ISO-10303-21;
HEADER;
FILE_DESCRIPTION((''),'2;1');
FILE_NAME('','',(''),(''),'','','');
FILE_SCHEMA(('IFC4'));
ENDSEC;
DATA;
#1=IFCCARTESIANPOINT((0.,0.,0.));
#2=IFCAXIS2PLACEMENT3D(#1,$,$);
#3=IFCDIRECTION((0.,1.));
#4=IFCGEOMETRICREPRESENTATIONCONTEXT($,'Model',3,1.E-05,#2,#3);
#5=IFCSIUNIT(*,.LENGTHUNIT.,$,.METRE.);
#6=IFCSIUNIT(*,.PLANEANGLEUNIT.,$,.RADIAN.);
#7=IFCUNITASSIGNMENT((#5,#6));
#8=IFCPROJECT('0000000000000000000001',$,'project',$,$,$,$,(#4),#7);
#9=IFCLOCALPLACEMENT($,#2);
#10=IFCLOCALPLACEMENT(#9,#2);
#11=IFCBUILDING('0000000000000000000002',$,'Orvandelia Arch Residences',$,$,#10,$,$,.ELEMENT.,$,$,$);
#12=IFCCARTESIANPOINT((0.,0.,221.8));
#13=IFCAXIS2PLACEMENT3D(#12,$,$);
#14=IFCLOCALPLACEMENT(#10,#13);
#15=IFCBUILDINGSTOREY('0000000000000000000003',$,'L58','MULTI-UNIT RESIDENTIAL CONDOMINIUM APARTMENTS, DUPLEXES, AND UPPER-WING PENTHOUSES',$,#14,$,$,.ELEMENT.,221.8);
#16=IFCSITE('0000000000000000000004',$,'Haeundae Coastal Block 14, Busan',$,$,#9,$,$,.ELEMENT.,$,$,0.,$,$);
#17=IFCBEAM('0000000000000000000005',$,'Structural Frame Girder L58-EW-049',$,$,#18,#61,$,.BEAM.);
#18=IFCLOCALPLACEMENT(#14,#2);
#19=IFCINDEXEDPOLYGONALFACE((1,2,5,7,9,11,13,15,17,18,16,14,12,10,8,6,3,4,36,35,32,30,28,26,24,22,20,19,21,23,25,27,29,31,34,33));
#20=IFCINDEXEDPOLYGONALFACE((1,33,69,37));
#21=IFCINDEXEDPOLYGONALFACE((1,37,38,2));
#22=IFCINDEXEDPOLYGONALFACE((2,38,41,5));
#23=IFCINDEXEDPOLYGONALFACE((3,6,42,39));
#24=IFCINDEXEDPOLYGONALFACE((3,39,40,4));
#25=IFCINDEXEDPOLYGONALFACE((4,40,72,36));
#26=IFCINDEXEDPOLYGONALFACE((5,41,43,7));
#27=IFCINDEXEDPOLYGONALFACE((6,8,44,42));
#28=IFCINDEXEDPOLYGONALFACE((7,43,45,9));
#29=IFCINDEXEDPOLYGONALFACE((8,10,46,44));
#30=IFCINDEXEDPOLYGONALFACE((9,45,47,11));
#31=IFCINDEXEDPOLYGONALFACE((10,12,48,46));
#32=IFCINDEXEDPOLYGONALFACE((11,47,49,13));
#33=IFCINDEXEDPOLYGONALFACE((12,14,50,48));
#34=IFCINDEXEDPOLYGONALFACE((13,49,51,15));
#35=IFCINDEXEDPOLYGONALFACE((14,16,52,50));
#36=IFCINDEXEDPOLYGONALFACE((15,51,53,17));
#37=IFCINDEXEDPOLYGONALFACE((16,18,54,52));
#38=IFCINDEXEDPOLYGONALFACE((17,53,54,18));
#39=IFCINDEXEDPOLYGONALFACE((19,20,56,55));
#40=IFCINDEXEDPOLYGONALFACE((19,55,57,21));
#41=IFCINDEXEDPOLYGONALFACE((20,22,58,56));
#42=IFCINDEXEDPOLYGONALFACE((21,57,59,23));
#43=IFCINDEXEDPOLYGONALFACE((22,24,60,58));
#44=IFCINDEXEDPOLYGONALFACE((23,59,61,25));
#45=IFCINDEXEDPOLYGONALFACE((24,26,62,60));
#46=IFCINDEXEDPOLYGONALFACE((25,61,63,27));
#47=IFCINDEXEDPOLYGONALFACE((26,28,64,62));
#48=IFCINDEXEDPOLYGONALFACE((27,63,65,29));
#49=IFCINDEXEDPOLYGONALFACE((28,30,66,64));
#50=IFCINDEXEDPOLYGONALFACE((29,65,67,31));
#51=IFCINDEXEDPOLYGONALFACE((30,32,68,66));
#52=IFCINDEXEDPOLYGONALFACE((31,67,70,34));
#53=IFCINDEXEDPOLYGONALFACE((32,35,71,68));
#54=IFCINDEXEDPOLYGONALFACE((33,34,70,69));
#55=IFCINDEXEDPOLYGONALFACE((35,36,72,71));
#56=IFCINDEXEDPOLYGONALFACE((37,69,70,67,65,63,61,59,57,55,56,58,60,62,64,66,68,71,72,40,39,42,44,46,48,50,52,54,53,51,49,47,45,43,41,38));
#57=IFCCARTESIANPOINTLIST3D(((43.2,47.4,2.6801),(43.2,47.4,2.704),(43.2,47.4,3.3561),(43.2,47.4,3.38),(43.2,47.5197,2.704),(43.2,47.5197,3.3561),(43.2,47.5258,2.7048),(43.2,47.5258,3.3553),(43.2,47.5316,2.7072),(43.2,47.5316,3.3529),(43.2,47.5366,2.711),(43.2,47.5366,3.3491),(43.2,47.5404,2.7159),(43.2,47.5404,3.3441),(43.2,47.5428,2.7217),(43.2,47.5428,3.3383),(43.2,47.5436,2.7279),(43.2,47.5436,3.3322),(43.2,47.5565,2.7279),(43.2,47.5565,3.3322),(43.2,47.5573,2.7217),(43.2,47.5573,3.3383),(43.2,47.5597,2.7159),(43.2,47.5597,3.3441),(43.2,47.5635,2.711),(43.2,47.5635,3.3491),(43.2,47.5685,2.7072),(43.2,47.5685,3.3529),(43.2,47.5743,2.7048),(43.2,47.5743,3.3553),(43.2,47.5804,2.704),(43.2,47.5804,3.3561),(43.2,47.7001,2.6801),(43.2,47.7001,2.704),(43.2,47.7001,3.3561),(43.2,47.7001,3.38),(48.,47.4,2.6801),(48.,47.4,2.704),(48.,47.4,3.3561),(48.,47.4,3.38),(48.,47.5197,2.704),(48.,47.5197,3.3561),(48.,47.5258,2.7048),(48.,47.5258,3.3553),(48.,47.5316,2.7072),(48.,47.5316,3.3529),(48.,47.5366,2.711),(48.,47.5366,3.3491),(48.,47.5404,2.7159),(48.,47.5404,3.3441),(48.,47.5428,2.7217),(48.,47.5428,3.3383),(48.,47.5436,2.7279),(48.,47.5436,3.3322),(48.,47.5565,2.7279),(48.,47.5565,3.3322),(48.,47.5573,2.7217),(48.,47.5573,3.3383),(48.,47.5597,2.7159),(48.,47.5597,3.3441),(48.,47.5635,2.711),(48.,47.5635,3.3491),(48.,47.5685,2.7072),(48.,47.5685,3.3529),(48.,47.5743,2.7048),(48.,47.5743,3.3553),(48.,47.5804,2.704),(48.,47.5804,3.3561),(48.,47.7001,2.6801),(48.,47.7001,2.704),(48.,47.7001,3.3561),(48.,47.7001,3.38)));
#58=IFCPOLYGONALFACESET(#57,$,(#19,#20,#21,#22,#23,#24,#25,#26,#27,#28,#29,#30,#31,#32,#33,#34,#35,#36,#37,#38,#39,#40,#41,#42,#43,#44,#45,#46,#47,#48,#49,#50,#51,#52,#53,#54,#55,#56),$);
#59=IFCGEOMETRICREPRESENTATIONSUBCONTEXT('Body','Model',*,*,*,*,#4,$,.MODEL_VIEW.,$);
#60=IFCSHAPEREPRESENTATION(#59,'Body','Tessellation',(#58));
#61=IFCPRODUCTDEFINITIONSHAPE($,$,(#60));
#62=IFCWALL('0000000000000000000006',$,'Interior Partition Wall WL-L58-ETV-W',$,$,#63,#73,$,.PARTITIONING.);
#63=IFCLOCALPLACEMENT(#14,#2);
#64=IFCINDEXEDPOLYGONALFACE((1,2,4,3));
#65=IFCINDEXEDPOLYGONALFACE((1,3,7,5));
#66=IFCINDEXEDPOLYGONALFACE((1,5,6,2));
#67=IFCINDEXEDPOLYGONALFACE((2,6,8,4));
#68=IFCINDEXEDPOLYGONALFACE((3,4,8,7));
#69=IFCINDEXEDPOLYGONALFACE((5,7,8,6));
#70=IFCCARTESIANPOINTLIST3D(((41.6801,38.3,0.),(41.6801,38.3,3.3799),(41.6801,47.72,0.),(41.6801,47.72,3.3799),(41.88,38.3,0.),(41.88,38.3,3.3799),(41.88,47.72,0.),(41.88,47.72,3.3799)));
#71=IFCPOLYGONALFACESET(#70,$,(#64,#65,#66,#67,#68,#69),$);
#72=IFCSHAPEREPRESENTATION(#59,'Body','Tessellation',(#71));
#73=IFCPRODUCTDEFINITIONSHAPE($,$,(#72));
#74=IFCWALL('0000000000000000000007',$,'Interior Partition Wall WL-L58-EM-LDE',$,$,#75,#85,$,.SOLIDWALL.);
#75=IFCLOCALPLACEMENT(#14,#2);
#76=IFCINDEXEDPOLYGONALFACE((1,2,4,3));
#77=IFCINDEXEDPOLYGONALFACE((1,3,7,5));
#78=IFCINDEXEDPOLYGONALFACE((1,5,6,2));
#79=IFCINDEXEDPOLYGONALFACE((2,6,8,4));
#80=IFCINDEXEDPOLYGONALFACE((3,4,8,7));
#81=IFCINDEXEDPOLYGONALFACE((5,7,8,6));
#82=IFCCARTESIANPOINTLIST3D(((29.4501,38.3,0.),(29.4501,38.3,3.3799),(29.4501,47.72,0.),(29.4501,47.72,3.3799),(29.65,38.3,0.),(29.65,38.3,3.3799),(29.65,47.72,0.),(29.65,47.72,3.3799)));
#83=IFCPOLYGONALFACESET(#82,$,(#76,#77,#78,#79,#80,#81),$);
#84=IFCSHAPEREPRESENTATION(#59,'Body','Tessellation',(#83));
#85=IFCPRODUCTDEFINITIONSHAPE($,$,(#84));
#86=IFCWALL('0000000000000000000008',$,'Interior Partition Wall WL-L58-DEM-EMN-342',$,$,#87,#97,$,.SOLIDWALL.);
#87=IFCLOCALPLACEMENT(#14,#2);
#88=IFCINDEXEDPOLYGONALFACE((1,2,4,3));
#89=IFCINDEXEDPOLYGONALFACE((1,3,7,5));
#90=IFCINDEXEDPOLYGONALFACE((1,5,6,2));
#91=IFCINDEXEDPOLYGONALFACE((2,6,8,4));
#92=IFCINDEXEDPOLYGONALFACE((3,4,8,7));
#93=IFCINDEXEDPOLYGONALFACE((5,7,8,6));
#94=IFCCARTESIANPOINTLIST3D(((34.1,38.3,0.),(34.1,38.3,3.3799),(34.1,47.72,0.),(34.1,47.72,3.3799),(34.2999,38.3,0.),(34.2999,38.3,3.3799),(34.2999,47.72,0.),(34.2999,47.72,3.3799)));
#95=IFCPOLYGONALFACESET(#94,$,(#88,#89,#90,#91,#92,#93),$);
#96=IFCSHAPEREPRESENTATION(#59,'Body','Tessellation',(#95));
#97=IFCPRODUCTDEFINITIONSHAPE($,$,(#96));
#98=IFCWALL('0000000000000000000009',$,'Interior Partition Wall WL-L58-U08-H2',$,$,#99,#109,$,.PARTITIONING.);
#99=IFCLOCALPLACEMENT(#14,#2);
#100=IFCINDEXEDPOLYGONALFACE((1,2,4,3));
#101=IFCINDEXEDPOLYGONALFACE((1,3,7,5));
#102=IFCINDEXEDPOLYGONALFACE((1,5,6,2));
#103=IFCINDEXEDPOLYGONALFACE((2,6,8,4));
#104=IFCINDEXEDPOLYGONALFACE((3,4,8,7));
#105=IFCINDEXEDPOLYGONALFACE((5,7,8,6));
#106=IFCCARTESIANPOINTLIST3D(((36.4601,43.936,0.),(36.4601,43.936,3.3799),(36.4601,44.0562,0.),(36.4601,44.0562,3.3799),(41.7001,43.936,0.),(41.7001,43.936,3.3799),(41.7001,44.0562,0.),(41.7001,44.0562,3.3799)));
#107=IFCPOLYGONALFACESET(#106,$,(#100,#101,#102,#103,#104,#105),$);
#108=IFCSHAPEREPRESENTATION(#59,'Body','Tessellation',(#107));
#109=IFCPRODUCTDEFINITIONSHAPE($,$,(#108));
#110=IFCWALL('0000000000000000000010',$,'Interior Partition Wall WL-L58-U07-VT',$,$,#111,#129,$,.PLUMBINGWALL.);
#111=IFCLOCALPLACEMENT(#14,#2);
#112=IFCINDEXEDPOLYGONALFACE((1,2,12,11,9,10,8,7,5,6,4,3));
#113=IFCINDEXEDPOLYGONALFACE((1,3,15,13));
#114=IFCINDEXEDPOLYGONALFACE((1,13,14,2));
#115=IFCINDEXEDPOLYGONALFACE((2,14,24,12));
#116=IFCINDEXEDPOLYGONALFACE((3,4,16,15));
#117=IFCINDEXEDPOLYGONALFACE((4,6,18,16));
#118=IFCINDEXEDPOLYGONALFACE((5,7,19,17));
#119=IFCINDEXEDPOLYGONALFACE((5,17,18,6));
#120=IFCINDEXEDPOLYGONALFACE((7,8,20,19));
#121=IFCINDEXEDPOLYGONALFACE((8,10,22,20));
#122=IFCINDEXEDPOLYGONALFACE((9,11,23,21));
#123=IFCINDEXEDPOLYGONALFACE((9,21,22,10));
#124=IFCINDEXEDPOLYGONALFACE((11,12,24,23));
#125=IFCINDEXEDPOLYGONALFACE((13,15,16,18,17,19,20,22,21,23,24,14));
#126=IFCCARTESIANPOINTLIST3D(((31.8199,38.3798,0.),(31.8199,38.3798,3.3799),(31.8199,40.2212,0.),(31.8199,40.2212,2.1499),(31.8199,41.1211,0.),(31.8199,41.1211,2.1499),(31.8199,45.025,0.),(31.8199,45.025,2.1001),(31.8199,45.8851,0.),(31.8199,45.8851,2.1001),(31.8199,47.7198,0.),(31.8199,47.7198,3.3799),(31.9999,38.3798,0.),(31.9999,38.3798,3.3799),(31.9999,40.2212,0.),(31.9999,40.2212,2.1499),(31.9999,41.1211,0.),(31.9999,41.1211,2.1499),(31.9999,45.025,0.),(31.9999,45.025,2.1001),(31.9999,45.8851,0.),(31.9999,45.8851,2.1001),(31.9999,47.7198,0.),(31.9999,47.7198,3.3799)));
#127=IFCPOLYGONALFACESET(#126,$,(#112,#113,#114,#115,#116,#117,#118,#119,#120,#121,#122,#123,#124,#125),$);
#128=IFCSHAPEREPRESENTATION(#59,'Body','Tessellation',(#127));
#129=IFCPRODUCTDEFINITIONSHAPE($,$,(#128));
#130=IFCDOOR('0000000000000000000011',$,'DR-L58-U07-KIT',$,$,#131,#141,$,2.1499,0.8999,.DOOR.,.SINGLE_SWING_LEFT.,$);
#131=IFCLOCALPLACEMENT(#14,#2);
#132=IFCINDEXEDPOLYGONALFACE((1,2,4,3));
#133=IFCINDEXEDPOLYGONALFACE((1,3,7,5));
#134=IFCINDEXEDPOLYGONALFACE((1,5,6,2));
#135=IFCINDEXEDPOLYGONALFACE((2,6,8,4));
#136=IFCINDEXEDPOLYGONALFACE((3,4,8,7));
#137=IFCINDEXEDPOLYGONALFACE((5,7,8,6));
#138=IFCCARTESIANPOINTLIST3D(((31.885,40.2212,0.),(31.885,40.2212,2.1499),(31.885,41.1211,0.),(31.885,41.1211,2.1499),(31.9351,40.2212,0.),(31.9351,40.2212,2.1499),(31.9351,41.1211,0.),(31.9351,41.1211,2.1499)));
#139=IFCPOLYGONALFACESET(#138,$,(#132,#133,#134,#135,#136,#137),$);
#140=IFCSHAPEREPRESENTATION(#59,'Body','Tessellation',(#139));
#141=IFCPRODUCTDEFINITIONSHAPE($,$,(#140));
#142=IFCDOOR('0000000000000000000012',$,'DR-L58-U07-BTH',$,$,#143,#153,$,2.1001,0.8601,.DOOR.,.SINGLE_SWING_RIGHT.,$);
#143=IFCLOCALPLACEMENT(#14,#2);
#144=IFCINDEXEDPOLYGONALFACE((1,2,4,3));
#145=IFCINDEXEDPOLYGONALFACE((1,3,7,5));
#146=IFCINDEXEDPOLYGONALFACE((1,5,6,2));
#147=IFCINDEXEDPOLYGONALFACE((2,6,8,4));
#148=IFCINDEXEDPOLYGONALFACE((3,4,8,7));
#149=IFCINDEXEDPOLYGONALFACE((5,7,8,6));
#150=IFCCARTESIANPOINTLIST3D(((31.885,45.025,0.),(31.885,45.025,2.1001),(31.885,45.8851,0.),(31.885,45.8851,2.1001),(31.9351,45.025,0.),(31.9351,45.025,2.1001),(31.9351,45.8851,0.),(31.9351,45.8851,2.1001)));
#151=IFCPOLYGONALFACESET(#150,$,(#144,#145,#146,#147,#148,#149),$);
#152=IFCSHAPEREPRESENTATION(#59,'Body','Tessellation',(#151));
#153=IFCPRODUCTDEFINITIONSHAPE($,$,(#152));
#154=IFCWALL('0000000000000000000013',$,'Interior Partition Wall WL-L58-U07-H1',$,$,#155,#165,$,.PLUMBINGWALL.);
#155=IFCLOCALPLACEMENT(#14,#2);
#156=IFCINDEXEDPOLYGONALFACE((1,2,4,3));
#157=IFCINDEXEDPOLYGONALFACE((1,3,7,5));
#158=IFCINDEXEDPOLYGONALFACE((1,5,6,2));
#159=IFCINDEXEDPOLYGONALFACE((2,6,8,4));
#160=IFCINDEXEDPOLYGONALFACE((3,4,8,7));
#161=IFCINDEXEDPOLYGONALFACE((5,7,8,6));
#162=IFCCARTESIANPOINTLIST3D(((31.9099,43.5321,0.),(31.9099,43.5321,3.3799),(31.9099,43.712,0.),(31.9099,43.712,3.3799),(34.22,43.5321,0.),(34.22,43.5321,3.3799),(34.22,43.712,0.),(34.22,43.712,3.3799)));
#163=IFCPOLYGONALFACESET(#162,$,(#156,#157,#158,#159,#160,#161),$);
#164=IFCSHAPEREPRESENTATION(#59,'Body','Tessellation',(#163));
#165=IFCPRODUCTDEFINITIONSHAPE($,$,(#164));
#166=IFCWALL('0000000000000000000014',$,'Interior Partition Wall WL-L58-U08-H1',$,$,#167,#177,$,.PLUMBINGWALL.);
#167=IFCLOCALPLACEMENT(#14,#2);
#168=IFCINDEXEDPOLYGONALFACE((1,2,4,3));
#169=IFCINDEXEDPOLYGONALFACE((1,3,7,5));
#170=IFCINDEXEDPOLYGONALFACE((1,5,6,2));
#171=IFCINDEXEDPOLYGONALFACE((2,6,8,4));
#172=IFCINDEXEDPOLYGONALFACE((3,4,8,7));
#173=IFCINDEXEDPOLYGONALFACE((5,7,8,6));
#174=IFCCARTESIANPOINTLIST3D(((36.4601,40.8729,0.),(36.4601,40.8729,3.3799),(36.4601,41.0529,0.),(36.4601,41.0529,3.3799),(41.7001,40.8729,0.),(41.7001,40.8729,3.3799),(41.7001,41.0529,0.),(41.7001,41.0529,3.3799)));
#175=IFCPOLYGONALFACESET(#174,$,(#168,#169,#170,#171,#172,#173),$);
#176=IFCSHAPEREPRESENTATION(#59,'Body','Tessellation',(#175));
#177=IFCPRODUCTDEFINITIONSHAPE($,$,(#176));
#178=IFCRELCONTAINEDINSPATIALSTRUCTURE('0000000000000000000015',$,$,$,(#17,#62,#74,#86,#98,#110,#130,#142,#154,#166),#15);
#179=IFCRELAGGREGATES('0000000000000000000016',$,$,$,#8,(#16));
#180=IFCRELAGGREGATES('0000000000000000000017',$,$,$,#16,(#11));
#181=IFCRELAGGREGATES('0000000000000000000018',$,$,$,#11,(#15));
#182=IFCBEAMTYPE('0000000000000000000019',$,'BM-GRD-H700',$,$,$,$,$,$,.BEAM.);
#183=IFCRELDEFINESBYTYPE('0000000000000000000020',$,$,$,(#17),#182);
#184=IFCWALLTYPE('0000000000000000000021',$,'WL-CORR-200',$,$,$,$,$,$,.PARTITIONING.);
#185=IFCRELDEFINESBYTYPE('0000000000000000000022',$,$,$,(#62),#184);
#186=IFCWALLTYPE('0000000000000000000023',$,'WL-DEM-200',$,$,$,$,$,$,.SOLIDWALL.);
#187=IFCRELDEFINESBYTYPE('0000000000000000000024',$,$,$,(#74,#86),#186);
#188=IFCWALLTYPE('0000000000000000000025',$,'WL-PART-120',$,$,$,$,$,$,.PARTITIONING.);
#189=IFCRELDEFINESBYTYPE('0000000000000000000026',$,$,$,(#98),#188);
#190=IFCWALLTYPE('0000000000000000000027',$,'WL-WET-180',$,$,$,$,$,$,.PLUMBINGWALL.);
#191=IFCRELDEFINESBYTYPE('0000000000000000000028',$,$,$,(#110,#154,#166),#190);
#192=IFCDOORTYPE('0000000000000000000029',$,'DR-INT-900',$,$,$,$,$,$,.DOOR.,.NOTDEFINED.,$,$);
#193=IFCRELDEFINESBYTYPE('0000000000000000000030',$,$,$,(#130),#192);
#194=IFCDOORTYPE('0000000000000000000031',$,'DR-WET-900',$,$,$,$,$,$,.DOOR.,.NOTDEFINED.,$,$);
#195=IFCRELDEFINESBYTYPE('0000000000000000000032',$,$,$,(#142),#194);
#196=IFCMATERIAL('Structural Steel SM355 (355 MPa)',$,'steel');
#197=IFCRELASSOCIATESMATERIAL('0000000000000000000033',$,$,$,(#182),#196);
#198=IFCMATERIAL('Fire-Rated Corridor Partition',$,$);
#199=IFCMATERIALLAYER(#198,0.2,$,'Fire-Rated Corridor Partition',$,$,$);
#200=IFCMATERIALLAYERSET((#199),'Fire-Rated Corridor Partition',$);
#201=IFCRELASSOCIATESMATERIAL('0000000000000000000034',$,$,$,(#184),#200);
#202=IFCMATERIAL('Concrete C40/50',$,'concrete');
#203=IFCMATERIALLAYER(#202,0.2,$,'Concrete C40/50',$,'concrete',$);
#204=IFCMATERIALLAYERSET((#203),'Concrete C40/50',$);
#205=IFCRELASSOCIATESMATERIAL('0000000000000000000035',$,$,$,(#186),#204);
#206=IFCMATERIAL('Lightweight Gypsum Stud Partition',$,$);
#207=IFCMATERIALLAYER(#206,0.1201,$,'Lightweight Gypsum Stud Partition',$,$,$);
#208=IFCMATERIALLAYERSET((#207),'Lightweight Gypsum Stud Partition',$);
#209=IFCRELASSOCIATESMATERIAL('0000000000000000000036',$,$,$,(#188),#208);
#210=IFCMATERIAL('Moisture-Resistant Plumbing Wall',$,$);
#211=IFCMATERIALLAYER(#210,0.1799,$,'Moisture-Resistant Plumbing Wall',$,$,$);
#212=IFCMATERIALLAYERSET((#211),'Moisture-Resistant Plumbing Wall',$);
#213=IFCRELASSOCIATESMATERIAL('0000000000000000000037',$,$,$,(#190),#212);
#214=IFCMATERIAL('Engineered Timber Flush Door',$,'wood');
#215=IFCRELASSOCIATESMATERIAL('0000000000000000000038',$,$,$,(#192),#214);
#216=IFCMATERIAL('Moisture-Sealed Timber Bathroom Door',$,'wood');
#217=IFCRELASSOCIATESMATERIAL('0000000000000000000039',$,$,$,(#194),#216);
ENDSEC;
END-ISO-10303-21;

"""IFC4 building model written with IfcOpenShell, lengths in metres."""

from ifc_helpers import new_model, si_unit, direction, frame, frame_2d, origin, origin_2d, place, context, subcontext, project, spatial, rectangle, i_section, extrude, material, layer, layer_set, material_profile, profile_set, type_object, element, fill, save


model = new_model("IFC4")

# Units and contexts
model_context = context("Model", 3, precision=1e-05, world=origin(), true_north=direction((0.0, 1.0)))
body_context = subcontext(model_context, "Body", "Model", "MODEL_VIEW")
ifc_project = project(units=[si_unit("LENGTHUNIT", "METRE"), si_unit("PLANEANGLEUNIT", "RADIAN")], contexts=[model_context])

# Site, building, storey
site_placement = place(None, origin())
site = spatial("IfcSite", under=ifc_project, at=site_placement, Name="Haeundae Coastal Block 14, Busan", CompositionType="ELEMENT", RefElevation=0.0)
building_placement = place(site_placement, origin())
building = spatial("IfcBuilding", under=site, at=building_placement, Name="Orvandelia Arch Residences", CompositionType="ELEMENT")
storey_placement = place(building_placement, frame((0.0, 0.0, 221.8)))
storey = spatial("IfcBuildingStorey", under=building, at=storey_placement, Name="L58", Description="MULTI-UNIT RESIDENTIAL CONDOMINIUM APARTMENTS, DUPLEXES, AND UPPER-WING PENTHOUSES", CompositionType="ELEMENT", Elevation=221.8)

# Beam
ifc_material_1 = material(Name="Structural Steel SM355 (355 MPa)", Category="steel")
ifc_material_profile_1 = material_profile(ifc_material_1, i_section(OverallWidth=0.3, OverallDepth=0.7, WebThickness=0.0129, FlangeThickness=0.0239, FilletRadius=0.0239, at=origin_2d()), Name="Structural Steel SM355 (355 MPa)", Category="steel")
ifc_profile_set_1 = profile_set([ifc_material_profile_1], Name="Structural Steel SM355 (355 MPa)")
beam_type = type_object("IfcBeamType", Name="BM-GRD-H700", PredefinedType="BEAM", material=ifc_profile_set_1)
for number, where, z_axis, x_axis, name in (
    (1, (43.2, 47.55, 3.03), (1.0, 0.0, 0.0), (0.0, 1.0, 0.0), "Structural Frame Girder L58-EW-049"),
):
    element("IfcBeam", number, at=place(storey_placement, frame(where, z_axis=z_axis, x_axis=x_axis)), inside=storey, type_object=beam_type, Name=name, PredefinedType="BEAM", context=body_context, shape_type="SweptSolid", body=[
        extrude(i_section(OverallWidth=0.3, OverallDepth=0.7, WebThickness=0.0129, FlangeThickness=0.0239, FilletRadius=0.0239, at=origin_2d()), origin(), (0.0, 0.0, 1.0), 4.8),
    ])

# Walls
ifc_material_2 = material(Name="Fire-Rated Corridor Partition")
ifc_layer_1 = layer(ifc_material_2, 0.2, Name="Fire-Rated Corridor Partition")
ifc_layer_set_1 = layer_set([ifc_layer_1], Name="Fire-Rated Corridor Partition")
wall_type_1 = type_object("IfcWallType", Name="WL-CORR-200", PredefinedType="PARTITIONING", material=ifc_layer_set_1)
wall_1_placement = place(storey_placement, frame((41.78, 38.3, 0.0), z_axis=(0.0, 0.0, 1.0), x_axis=(0.0, 1.0, 0.0)))
element("IfcWall", 2, at=wall_1_placement, inside=storey, type_object=wall_type_1, Name="Interior Partition Wall WL-L58-ETV-W", PredefinedType="PARTITIONING", context=body_context, shape_type="SweptSolid", body=[
    extrude(rectangle(XDim=9.4199, YDim=0.2, at=frame_2d((4.71, 0.0))), origin(), (0.0, 0.0, 1.0), 3.3799),
])
ifc_material_3 = material(Name="Concrete C40/50", Category="concrete")
ifc_layer_2 = layer(ifc_material_3, 0.2, Name="Concrete C40/50", Category="concrete")
ifc_layer_set_2 = layer_set([ifc_layer_2], Name="Concrete C40/50")
wall_type_2 = type_object("IfcWallType", Name="WL-DEM-200", PredefinedType="SOLIDWALL", material=ifc_layer_set_2)
for number, where, z_axis, x_axis, name in (
    (3, (29.55, 38.3, 0.0), (0.0, 0.0, 1.0), (0.0, 1.0, 0.0), "Interior Partition Wall WL-L58-EM-LDE"),
    (4, (34.2, 38.3, 0.0), (0.0, 0.0, 1.0), (0.0, 1.0, 0.0), "Interior Partition Wall WL-L58-DEM-EMN-342"),
):
    element("IfcWall", number, at=place(storey_placement, frame(where, z_axis=z_axis, x_axis=x_axis)), inside=storey, type_object=wall_type_2, Name=name, PredefinedType="SOLIDWALL", context=body_context, shape_type="SweptSolid", body=[
        extrude(rectangle(XDim=9.4199, YDim=0.2, at=frame_2d((4.71, 0.0))), origin(), (0.0, 0.0, 1.0), 3.3799),
    ])
ifc_material_4 = material(Name="Lightweight Gypsum Stud Partition")
ifc_layer_3 = layer(ifc_material_4, 0.1201, Name="Lightweight Gypsum Stud Partition")
ifc_layer_set_3 = layer_set([ifc_layer_3], Name="Lightweight Gypsum Stud Partition")
wall_type_3 = type_object("IfcWallType", Name="WL-PART-120", PredefinedType="PARTITIONING", material=ifc_layer_set_3)
wall_2_placement = place(storey_placement, frame((36.46, 43.9961, 0.0), z_axis=(0.0, 0.0, 1.0), x_axis=(1.0, 0.0, 0.0)))
element("IfcWall", 5, at=wall_2_placement, inside=storey, type_object=wall_type_3, Name="Interior Partition Wall WL-L58-U08-H2", PredefinedType="PARTITIONING", context=body_context, shape_type="SweptSolid", body=[
    extrude(rectangle(XDim=5.24, YDim=0.1201, at=frame_2d((2.6201, 0.0))), origin(), (0.0, 0.0, 1.0), 3.3799),
])

# Wall, openings, doors
ifc_material_5 = material(Name="Moisture-Resistant Plumbing Wall")
ifc_layer_4 = layer(ifc_material_5, 0.1799, Name="Moisture-Resistant Plumbing Wall")
ifc_layer_set_4 = layer_set([ifc_layer_4], Name="Moisture-Resistant Plumbing Wall")
wall_type_4 = type_object("IfcWallType", Name="WL-WET-180", PredefinedType="PLUMBINGWALL", material=ifc_layer_set_4)
wall_3_placement = place(storey_placement, frame((31.9099, 38.3799, 0.0), z_axis=(0.0, 0.0, 1.0), x_axis=(0.0, 1.0, 0.0)))
wall_3 = element("IfcWall", 6, at=wall_3_placement, inside=storey, type_object=wall_type_4, Name="Interior Partition Wall WL-L58-U07-VT", PredefinedType="PLUMBINGWALL", context=body_context, shape_type="SweptSolid", body=[
    extrude(rectangle(XDim=9.3401, YDim=0.1799, at=frame_2d((4.6699, 0.0))), origin(), (0.0, 0.0, 1.0), 3.3799),
])
opening_1_placement = place(wall_3_placement, frame((1.8413, 0.0, 0.0)))
opening_1 = element("IfcOpeningElement", 7, at=opening_1_placement, cuts=wall_3, PredefinedType="OPENING", context=body_context, shape_type="SweptSolid", body=[
    extrude(rectangle(XDim=0.8999, YDim=2.1499, at=frame_2d((0.45, 1.075))), frame((0.0, 0.1001, 0.0), z_axis=(0.0, -1.0, 0.0), x_axis=(1.0, 0.0, 0.0)), (0.0, 0.0, 1.0), 0.2),
])
opening_2_placement = place(wall_3_placement, frame((6.645, 0.0, 0.0)))
opening_2 = element("IfcOpeningElement", 8, at=opening_2_placement, cuts=wall_3, PredefinedType="OPENING", context=body_context, shape_type="SweptSolid", body=[
    extrude(rectangle(XDim=0.8601, YDim=2.1001, at=frame_2d((0.4302, 1.05))), frame((0.0, 0.1001, 0.0), z_axis=(0.0, -1.0, 0.0), x_axis=(1.0, 0.0, 0.0)), (0.0, 0.0, 1.0), 0.2),
])
ifc_material_6 = material(Name="Engineered Timber Flush Door", Category="wood")
door_type_1 = type_object("IfcDoorType", Name="DR-INT-900", OperationType="NOTDEFINED", PredefinedType="DOOR", material=ifc_material_6)
door_1_placement = place(opening_1_placement, origin())
door_1 = element("IfcDoor", 9, at=door_1_placement, inside=storey, type_object=door_type_1, Name="DR-L58-U07-KIT", OperationType="SINGLE_SWING_LEFT", OverallHeight=2.1499, OverallWidth=0.8999, PredefinedType="DOOR", context=body_context, shape_type="SweptSolid", body=[
    extrude(rectangle(XDim=0.8999, YDim=2.1499, at=frame_2d((0.45, 1.075))), frame((0.0, 0.0249, 0.0), z_axis=(0.0, -1.0, 0.0), x_axis=(1.0, 0.0, 0.0)), (0.0, 0.0, 1.0), 0.05),
])
fill(opening_1, door_1)
ifc_material_7 = material(Name="Moisture-Sealed Timber Bathroom Door", Category="wood")
door_type_2 = type_object("IfcDoorType", Name="DR-WET-900", OperationType="NOTDEFINED", PredefinedType="DOOR", material=ifc_material_7)
door_2_placement = place(opening_2_placement, origin())
door_2 = element("IfcDoor", 10, at=door_2_placement, inside=storey, type_object=door_type_2, Name="DR-L58-U07-BTH", OperationType="SINGLE_SWING_RIGHT", OverallHeight=2.1001, OverallWidth=0.8601, PredefinedType="DOOR", context=body_context, shape_type="SweptSolid", body=[
    extrude(rectangle(XDim=0.8601, YDim=2.1001, at=frame_2d((0.4302, 1.05))), frame((0.0, 0.0249, 0.0), z_axis=(0.0, -1.0, 0.0), x_axis=(1.0, 0.0, 0.0)), (0.0, 0.0, 1.0), 0.05),
])
fill(opening_2, door_2)

# Wall
wall_4_placement = place(storey_placement, frame((31.9099, 43.6221, 0.0), z_axis=(0.0, 0.0, 1.0), x_axis=(1.0, 0.0, 0.0)))
element("IfcWall", 11, at=wall_4_placement, inside=storey, type_object=wall_type_4, Name="Interior Partition Wall WL-L58-U07-H1", PredefinedType="PLUMBINGWALL", context=body_context, shape_type="SweptSolid", body=[
    extrude(rectangle(XDim=2.3101, YDim=0.1799, at=frame_2d((1.155, 0.0))), origin(), (0.0, 0.0, 1.0), 3.3799),
])

# Wall
wall_5_placement = place(storey_placement, frame((36.46, 40.9629, 0.0), z_axis=(0.0, 0.0, 1.0), x_axis=(1.0, 0.0, 0.0)))
element("IfcWall", 12, at=wall_5_placement, inside=storey, type_object=wall_type_4, Name="Interior Partition Wall WL-L58-U08-H1", PredefinedType="PLUMBINGWALL", context=body_context, shape_type="SweptSolid", body=[
    extrude(rectangle(XDim=5.24, YDim=0.1799, at=frame_2d((2.6201, 0.0))), origin(), (0.0, 0.0, 1.0), 3.3799),
])

save(model, "model.ifc")
